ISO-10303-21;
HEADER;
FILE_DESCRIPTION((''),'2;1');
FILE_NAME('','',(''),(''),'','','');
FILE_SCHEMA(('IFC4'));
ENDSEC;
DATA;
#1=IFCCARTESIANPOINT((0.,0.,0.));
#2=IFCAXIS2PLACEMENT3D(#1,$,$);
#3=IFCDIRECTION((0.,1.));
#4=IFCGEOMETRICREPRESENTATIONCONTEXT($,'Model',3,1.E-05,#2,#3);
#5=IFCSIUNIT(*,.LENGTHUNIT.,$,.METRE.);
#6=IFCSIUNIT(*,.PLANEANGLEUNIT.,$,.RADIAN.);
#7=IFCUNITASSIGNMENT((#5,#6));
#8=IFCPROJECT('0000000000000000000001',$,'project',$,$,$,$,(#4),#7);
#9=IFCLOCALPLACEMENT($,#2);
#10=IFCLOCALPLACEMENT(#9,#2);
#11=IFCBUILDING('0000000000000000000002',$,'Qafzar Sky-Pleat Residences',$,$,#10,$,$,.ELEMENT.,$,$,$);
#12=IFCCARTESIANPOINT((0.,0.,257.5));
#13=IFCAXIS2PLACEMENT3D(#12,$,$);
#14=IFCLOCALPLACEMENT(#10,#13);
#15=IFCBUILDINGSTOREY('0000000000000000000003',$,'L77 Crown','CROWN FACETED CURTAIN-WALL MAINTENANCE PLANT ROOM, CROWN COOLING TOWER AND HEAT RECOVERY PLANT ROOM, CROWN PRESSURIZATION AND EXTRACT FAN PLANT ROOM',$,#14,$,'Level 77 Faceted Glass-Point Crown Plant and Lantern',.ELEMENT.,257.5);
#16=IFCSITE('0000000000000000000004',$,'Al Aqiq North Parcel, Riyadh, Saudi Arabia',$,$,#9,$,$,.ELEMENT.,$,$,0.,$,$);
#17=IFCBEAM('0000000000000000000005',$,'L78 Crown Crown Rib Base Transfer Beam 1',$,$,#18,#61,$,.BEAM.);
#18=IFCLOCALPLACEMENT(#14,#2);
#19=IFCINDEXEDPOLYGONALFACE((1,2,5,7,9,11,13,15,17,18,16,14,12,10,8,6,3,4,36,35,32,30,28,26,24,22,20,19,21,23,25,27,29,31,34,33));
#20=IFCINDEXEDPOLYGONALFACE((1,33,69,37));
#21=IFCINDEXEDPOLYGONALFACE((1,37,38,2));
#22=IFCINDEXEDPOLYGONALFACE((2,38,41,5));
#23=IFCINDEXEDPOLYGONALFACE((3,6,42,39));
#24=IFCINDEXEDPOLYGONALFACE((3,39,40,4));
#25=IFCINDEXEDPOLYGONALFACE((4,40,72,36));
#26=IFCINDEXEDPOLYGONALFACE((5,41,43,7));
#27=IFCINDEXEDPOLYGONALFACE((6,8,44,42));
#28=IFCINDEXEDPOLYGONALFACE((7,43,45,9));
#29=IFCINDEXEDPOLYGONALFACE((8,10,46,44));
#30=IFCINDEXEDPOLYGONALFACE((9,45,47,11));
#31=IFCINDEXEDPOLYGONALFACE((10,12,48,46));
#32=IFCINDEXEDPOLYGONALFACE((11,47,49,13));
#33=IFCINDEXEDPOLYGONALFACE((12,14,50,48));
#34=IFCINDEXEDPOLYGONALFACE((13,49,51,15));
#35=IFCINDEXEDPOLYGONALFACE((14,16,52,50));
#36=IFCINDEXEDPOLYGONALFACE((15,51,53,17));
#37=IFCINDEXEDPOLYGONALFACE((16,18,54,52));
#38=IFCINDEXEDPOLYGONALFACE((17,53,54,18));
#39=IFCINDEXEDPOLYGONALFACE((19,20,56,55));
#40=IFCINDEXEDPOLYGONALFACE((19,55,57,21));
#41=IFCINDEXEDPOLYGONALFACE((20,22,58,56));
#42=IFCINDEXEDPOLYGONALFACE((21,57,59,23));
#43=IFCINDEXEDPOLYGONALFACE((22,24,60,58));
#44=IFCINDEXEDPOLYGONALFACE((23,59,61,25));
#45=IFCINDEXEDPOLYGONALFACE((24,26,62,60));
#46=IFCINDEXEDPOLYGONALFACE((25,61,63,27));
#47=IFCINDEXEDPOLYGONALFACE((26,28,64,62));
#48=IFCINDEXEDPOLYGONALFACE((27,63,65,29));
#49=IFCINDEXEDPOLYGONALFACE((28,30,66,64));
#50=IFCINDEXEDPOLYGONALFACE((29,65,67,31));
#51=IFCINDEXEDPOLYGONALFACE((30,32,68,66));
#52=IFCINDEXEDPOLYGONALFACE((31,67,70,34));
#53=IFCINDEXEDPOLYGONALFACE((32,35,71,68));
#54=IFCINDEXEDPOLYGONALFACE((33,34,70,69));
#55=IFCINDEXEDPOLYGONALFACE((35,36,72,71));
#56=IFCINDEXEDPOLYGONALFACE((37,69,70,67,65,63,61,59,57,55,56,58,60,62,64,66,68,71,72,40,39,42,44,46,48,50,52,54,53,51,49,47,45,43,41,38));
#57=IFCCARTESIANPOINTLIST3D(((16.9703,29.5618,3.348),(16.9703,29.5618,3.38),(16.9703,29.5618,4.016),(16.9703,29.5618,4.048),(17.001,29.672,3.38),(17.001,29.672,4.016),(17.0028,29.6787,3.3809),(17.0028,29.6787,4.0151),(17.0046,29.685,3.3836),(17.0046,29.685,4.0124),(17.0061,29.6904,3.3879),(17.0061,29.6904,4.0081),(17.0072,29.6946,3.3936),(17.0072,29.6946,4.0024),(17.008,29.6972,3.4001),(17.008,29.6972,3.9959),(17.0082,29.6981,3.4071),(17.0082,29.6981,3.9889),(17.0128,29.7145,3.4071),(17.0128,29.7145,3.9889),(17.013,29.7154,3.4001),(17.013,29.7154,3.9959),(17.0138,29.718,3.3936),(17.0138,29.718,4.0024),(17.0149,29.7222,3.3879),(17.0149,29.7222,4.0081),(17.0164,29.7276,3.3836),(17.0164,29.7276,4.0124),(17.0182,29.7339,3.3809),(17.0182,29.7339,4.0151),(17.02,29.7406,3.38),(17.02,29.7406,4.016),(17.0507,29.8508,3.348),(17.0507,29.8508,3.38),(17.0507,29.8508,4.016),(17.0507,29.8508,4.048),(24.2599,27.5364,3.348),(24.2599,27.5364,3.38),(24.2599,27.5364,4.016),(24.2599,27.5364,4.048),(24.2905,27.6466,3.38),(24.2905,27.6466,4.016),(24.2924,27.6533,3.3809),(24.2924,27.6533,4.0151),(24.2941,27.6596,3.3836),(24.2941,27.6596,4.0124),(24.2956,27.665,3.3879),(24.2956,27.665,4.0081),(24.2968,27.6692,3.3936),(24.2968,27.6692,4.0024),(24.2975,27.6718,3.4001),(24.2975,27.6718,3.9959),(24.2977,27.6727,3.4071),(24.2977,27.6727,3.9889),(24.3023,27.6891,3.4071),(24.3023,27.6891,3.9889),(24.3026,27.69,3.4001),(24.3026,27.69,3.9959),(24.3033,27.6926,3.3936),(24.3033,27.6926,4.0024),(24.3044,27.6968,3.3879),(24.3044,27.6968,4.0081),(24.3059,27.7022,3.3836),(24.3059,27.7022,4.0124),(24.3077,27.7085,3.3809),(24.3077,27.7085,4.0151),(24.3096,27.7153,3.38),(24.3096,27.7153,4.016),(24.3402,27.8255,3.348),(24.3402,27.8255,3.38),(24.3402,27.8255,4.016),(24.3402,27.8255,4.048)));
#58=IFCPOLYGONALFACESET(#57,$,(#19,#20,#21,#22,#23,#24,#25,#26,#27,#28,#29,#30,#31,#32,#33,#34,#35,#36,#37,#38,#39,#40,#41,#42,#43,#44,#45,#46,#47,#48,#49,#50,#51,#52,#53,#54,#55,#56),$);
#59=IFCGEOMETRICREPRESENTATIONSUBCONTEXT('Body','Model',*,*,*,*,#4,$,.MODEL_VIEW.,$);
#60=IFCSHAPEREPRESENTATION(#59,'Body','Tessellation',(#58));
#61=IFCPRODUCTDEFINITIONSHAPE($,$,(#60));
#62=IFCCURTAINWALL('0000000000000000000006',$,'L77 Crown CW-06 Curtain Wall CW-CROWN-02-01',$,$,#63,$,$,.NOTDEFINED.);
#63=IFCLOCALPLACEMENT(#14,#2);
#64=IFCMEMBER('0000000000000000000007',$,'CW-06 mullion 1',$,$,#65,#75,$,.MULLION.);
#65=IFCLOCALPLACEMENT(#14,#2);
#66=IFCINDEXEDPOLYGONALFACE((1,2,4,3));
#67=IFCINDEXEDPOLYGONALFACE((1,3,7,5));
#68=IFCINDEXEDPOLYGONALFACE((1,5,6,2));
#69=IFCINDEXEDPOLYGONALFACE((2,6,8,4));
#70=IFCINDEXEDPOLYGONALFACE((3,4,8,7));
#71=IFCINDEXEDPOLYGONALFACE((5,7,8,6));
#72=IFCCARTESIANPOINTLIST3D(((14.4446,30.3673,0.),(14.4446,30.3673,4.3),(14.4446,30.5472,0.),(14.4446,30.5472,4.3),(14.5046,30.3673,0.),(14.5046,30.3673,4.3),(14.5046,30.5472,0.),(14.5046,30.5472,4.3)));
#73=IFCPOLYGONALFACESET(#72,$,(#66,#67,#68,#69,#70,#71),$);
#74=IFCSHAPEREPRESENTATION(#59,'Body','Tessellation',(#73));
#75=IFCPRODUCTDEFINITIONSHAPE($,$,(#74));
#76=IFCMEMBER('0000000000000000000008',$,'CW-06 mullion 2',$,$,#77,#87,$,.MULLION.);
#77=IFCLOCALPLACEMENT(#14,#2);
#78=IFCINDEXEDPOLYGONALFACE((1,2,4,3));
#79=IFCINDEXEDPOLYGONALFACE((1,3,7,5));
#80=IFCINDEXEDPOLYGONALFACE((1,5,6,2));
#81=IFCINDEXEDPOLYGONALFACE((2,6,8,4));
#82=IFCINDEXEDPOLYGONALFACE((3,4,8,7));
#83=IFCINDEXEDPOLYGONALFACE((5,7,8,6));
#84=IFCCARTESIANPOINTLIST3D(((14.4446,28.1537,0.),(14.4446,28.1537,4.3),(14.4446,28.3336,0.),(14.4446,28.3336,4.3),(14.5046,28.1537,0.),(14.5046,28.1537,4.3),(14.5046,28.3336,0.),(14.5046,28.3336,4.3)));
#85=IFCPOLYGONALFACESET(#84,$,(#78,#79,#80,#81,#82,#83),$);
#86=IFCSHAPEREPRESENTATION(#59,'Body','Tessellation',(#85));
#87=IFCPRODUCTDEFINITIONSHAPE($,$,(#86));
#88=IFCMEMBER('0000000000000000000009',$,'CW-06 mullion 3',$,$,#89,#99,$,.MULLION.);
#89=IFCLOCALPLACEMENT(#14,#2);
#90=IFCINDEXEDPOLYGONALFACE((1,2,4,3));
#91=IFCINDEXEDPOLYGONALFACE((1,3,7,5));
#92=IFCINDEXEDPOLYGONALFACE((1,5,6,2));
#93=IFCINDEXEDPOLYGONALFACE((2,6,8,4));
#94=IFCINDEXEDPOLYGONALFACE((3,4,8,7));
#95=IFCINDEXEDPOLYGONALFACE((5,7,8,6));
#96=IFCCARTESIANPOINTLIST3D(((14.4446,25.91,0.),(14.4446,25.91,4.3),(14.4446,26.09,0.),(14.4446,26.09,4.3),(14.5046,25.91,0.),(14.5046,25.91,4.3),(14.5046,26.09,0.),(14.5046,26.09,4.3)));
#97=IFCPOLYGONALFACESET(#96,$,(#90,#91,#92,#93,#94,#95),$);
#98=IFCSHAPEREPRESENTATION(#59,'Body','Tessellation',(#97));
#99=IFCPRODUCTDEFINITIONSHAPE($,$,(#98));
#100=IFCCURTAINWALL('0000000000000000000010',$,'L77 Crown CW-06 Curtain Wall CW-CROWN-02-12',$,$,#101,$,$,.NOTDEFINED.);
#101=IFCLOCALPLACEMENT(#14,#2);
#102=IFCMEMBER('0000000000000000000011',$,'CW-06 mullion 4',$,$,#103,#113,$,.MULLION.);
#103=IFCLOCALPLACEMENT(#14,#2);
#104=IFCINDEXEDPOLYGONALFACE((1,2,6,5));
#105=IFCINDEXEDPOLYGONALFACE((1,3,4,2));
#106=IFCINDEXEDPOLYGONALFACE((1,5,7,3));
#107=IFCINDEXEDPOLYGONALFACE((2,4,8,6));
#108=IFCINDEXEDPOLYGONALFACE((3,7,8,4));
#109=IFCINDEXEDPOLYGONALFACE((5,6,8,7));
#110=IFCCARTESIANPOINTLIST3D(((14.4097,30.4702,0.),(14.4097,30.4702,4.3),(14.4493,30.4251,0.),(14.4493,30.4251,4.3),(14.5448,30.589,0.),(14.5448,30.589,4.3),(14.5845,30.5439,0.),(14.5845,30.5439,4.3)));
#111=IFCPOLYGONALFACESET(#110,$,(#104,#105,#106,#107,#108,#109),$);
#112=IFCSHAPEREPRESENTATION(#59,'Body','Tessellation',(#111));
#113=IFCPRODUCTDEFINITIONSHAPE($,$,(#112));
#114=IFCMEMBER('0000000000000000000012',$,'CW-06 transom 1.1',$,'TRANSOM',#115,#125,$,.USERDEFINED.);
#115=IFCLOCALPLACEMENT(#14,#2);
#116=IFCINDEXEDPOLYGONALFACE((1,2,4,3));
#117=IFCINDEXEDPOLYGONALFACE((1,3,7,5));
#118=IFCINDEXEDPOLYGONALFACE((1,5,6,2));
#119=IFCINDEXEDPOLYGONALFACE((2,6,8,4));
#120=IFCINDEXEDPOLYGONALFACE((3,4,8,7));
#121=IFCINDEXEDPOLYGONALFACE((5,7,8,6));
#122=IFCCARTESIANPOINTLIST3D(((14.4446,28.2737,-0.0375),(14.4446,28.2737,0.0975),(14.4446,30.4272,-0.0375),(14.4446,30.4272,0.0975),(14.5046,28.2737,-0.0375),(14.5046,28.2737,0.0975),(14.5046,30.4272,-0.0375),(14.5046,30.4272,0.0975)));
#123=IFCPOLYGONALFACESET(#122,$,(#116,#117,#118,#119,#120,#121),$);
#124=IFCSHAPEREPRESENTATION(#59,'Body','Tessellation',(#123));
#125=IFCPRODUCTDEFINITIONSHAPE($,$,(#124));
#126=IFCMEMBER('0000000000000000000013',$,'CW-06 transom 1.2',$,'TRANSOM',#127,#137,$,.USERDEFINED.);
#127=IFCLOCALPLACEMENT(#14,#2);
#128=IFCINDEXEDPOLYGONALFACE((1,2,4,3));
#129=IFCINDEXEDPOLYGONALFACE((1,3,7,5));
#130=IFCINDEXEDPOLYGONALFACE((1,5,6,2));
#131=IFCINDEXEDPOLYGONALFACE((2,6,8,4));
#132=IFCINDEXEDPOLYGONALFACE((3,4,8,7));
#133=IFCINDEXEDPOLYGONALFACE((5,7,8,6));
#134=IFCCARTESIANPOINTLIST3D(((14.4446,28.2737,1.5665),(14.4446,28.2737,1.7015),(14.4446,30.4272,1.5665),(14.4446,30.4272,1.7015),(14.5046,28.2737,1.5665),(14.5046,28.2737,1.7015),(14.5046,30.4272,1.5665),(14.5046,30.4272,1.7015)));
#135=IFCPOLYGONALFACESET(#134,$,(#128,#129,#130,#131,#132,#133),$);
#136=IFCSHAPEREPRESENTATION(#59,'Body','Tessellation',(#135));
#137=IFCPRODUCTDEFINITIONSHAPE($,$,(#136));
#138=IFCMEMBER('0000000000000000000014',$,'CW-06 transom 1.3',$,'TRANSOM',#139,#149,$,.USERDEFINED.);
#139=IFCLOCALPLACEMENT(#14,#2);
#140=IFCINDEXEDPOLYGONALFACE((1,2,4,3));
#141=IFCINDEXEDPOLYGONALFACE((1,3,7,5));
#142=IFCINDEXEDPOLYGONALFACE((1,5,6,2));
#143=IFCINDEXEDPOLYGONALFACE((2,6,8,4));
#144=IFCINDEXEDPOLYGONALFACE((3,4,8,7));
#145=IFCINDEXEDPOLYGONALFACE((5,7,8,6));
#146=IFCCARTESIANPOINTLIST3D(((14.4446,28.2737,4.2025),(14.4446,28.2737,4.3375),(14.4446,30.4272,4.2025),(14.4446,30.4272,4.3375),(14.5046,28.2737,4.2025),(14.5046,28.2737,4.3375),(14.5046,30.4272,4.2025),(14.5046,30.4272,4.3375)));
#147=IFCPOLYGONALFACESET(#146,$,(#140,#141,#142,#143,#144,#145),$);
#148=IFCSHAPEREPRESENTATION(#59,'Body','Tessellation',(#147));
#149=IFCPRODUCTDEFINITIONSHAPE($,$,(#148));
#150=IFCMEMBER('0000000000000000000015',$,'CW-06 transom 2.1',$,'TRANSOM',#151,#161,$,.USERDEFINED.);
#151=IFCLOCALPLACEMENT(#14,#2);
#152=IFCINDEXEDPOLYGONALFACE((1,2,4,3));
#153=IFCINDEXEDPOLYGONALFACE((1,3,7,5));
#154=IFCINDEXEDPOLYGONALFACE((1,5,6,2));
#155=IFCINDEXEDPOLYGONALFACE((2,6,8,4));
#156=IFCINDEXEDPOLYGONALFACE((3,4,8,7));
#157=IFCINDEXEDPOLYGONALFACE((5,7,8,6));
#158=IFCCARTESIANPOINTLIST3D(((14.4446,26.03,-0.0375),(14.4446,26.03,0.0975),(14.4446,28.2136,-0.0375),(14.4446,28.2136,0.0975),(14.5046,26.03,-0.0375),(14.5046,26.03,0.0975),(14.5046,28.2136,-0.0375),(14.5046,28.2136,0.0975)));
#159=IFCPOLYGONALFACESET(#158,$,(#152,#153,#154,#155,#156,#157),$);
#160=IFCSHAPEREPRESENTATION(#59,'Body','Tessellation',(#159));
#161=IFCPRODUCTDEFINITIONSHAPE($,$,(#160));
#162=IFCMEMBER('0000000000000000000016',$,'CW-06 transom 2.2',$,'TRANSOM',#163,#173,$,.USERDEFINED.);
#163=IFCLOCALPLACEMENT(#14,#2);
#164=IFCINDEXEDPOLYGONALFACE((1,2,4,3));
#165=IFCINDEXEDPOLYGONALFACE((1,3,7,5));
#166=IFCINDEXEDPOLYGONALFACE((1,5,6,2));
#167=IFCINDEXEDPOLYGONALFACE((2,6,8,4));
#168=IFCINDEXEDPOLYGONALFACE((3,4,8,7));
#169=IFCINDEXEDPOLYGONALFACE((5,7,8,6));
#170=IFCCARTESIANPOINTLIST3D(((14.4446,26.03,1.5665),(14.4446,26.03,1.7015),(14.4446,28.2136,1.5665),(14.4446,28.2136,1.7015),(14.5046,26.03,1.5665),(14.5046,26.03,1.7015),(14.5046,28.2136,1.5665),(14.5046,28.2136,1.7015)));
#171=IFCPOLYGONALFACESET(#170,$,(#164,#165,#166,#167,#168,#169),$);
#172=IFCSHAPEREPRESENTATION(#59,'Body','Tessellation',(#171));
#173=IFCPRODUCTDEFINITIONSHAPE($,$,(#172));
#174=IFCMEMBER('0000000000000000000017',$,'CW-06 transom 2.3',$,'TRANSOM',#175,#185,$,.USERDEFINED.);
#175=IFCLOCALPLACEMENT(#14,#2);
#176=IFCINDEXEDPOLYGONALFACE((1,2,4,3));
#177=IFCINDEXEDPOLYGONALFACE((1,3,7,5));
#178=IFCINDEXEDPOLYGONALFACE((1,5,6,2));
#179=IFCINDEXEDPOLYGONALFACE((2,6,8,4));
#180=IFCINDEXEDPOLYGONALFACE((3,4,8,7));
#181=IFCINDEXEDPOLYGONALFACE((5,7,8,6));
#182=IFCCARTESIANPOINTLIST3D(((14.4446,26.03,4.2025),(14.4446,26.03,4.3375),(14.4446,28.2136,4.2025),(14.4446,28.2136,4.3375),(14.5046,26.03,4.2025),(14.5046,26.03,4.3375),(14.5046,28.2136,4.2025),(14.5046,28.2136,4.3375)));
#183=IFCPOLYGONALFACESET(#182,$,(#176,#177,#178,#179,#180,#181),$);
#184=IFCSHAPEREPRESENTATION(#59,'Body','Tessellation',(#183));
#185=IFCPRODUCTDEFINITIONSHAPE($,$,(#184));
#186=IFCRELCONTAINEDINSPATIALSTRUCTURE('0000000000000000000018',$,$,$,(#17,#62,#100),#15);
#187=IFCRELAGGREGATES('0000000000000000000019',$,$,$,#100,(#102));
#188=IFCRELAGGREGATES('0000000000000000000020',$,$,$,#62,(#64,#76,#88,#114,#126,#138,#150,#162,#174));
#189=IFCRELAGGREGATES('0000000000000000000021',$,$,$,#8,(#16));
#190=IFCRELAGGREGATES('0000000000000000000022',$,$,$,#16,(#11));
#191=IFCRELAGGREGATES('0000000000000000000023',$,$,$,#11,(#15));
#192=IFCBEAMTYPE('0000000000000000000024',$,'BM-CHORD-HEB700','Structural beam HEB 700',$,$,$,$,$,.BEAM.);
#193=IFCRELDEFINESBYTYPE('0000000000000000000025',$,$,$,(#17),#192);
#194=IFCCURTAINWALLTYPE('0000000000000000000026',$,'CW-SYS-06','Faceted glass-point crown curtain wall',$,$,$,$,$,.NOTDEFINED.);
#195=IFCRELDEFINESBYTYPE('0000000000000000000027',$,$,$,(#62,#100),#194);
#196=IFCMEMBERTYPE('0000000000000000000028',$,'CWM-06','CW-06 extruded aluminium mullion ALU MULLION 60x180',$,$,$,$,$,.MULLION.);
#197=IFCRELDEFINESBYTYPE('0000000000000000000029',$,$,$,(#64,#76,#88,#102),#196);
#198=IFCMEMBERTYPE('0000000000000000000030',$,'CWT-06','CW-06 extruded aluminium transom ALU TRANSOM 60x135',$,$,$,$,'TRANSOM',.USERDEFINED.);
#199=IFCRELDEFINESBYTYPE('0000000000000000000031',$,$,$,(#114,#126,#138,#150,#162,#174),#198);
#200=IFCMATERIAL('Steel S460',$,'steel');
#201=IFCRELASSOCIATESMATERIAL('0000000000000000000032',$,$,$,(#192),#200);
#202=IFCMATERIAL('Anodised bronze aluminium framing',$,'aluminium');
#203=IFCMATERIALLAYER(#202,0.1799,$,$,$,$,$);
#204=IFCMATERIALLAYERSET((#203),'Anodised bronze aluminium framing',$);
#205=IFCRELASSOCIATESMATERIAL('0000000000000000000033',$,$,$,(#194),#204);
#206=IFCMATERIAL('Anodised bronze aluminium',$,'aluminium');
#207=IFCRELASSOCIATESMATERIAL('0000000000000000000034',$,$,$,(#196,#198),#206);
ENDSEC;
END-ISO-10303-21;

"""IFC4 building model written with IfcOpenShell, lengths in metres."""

from ifc_helpers import new_model, si_unit, direction, frame, origin, origin_2d, place, context, subcontext, project, spatial, rectangle, i_section, extrude, source, transform, mapped, material, layer, layer_set, material_profile, profile_set, type_object, element, aggregate, save


model = new_model("IFC4")

# Units and contexts
model_context = context("Model", 3, precision=1e-05, world=origin(), true_north=direction((0.0, 1.0)))
body_context = subcontext(model_context, "Body", "Model", "MODEL_VIEW")
ifc_project = project(units=[si_unit("LENGTHUNIT", "METRE"), si_unit("PLANEANGLEUNIT", "RADIAN")], contexts=[model_context])

# Site, building, storey
site_placement = place(None, origin())
site = spatial("IfcSite", under=ifc_project, at=site_placement, Name="Al Aqiq North Parcel, Riyadh, Saudi Arabia", CompositionType="ELEMENT", RefElevation=0.0)
building_placement = place(site_placement, origin())
building = spatial("IfcBuilding", under=site, at=building_placement, Name="Qafzar Sky-Pleat Residences", CompositionType="ELEMENT")
storey_placement = place(building_placement, frame((0.0, 0.0, 257.5)))
storey = spatial("IfcBuildingStorey", under=building, at=storey_placement, Name="L77 Crown", Description="CROWN FACETED CURTAIN-WALL MAINTENANCE PLANT ROOM, CROWN COOLING TOWER AND HEAT RECOVERY PLANT ROOM, CROWN PRESSURIZATION AND EXTRACT FAN PLANT ROOM", LongName="Level 77 Faceted Glass-Point Crown Plant and Lantern", CompositionType="ELEMENT", Elevation=257.5)

# Shared definitions
ifc_material_1 = material(Name="Steel S460", Category="steel")

# Beam
ifc_material_profile_1 = material_profile(ifc_material_1, i_section(OverallWidth=0.3, OverallDepth=0.7, WebThickness=0.0171, FlangeThickness=0.032, FilletRadius=0.0271, at=origin_2d()), Name="HEB 700")
ifc_profile_set_1 = profile_set([ifc_material_profile_1], Name="Steel S460")
beam_type = type_object("IfcBeamType", Name="BM-CHORD-HEB700", Description="Structural beam HEB 700", PredefinedType="BEAM", material=ifc_profile_set_1)
shared_shape_1 = source(origin(), body_context, "Body", "SweptSolid", [
    extrude(i_section(OverallWidth=0.3, OverallDepth=0.7, WebThickness=0.0171, FlangeThickness=0.032, FilletRadius=0.0271, at=origin_2d()), origin(), (0.0, 0.0, 1.0), 7.5657),
])
beam_placement = place(storey_placement, frame((17.0105, 29.7063, 3.698), z_axis=(0.9635, -0.267707, 0.0), x_axis=(0.267707, 0.9635, 0.0)))
element("IfcBeam", 1, at=beam_placement, inside=storey, type_object=beam_type, Name="L78 Crown Crown Rib Base Transfer Beam 1", PredefinedType="BEAM", context=body_context, shape_type="MappedRepresentation", body=[
    mapped(shared_shape_1, transform((0.0, 0.0, 0.0), x_axis=(1.0, 0.0, 0.0), y_axis=(0.0, 1.0, 0.0), z_axis=(0.0, 0.0, 1.0), scale=1.0)),
])

# Curtain wall, members
ifc_material_2 = material(Name="Anodised bronze aluminium framing", Category="aluminium")
ifc_layer_1 = layer(ifc_material_2, 0.1799)
ifc_layer_set_1 = layer_set([ifc_layer_1], Name="Anodised bronze aluminium framing")
curtain_wall_type = type_object("IfcCurtainWallType", Name="CW-SYS-06", Description="Faceted glass-point crown curtain wall", PredefinedType="NOTDEFINED", material=ifc_layer_set_1)
curtain_wall_1_placement = place(storey_placement, origin())
curtain_wall_1 = element("IfcCurtainWall", 2, at=curtain_wall_1_placement, inside=storey, type_object=curtain_wall_type, Name="L77 Crown CW-06 Curtain Wall CW-CROWN-02-01", PredefinedType="NOTDEFINED")
ifc_material_3 = material(Name="Anodised bronze aluminium", Category="aluminium")
ifc_material_profile_2 = material_profile(ifc_material_3, rectangle(XDim=0.0601, YDim=0.1799, at=origin_2d()), Name="ALU MULLION 60x180")
ifc_profile_set_2 = profile_set([ifc_material_profile_2], Name="Anodised bronze aluminium")
member_type_1 = type_object("IfcMemberType", Name="CWM-06", Description="CW-06 extruded aluminium mullion ALU MULLION 60x180", PredefinedType="MULLION", material=ifc_profile_set_2)
shared_shape_2 = source(origin(), body_context, "Body", "SweptSolid", [
    extrude(rectangle(XDim=0.0601, YDim=0.1799, at=origin_2d()), origin(), (0.0, 0.0, 1.0), 4.3),
])
member_1_placement = place(storey_placement, frame((14.4746, 30.4573, 0.0), z_axis=(0.0, 0.0, 1.0), x_axis=(1.0, 0.0, 0.0)))
member_1 = element("IfcMember", 3, at=member_1_placement, type_object=member_type_1, Name="CW-06 mullion 1", PredefinedType="MULLION", context=body_context, shape_type="MappedRepresentation", body=[
    mapped(shared_shape_2, transform((0.0, 0.0, 0.0), x_axis=(1.0, 0.0, 0.0), y_axis=(0.0, 1.0, 0.0), z_axis=(0.0, 0.0, 1.0), scale=1.0)),
])
member_2_placement = place(storey_placement, frame((14.4746, 28.2437, 0.0), z_axis=(0.0, 0.0, 1.0), x_axis=(1.0, 0.0, 0.0)))
member_2 = element("IfcMember", 4, at=member_2_placement, type_object=member_type_1, Name="CW-06 mullion 2", PredefinedType="MULLION", context=body_context, shape_type="MappedRepresentation", body=[
    mapped(shared_shape_2, transform((0.0, 0.0, 0.0), x_axis=(1.0, 0.0, 0.0), y_axis=(0.0, 1.0, 0.0), z_axis=(0.0, 0.0, 1.0), scale=1.0)),
])
member_3_placement = place(storey_placement, frame((14.4746, 26.0, 0.0), z_axis=(0.0, 0.0, 1.0), x_axis=(1.0, 0.0, 0.0)))
member_3 = element("IfcMember", 5, at=member_3_placement, type_object=member_type_1, Name="CW-06 mullion 3", PredefinedType="MULLION", context=body_context, shape_type="MappedRepresentation", body=[
    mapped(shared_shape_2, transform((0.0, 0.0, 0.0), x_axis=(1.0, 0.0, 0.0), y_axis=(0.0, 1.0, 0.0), z_axis=(0.0, 0.0, 1.0), scale=1.0)),
])

# Curtain wall, member
curtain_wall_2_placement = place(storey_placement, origin())
curtain_wall_2 = element("IfcCurtainWall", 6, at=curtain_wall_2_placement, inside=storey, type_object=curtain_wall_type, Name="L77 Crown CW-06 Curtain Wall CW-CROWN-02-12", PredefinedType="NOTDEFINED")
member_4_placement = place(storey_placement, frame((14.4971, 30.5071, 0.0), z_axis=(0.0, 0.0, 1.0), x_axis=(0.660129, -0.751152, 0.0)))
member_4 = element("IfcMember", 7, at=member_4_placement, type_object=member_type_1, Name="CW-06 mullion 4", PredefinedType="MULLION", context=body_context, shape_type="MappedRepresentation", body=[
    mapped(shared_shape_2, transform((0.0, 0.0, 0.0), x_axis=(1.0, 0.0, 0.0), y_axis=(0.0, 1.0, 0.0), z_axis=(0.0, 0.0, 1.0), scale=1.0)),
])
aggregate(curtain_wall_2, [member_4])

# Members
ifc_material_profile_3 = material_profile(ifc_material_3, rectangle(XDim=0.0601, YDim=0.135, at=origin_2d()), Name="ALU TRANSOM 60x135")
ifc_profile_set_3 = profile_set([ifc_material_profile_3], Name="Anodised bronze aluminium")
member_type_2 = type_object("IfcMemberType", Name="CWT-06", Description="CW-06 extruded aluminium transom ALU TRANSOM 60x135", ElementType="TRANSOM", PredefinedType="USERDEFINED", material=ifc_profile_set_3)
shared_shape_3 = source(origin(), body_context, "Body", "SweptSolid", [
    extrude(rectangle(XDim=0.0601, YDim=0.135, at=origin_2d()), origin(), (0.0, 0.0, 1.0), 2.1536),
])
member_5_placement = place(storey_placement, frame((14.4746, 30.4272, 0.03), z_axis=(0.0, -1.0, 0.0), x_axis=(1.0, 0.0, 0.0)))
member_5 = element("IfcMember", 8, at=member_5_placement, type_object=member_type_2, Name="CW-06 transom 1.1", ObjectType="TRANSOM", PredefinedType="USERDEFINED", context=body_context, shape_type="MappedRepresentation", body=[
    mapped(shared_shape_3, transform((0.0, 0.0, 0.0), x_axis=(1.0, 0.0, 0.0), y_axis=(0.0, 1.0, 0.0), z_axis=(0.0, 0.0, 1.0), scale=1.0)),
])
member_6_placement = place(storey_placement, frame((14.4746, 30.4272, 1.634), z_axis=(0.0, -1.0, 0.0), x_axis=(1.0, 0.0, 0.0)))
member_6 = element("IfcMember", 9, at=member_6_placement, type_object=member_type_2, Name="CW-06 transom 1.2", ObjectType="TRANSOM", PredefinedType="USERDEFINED", context=body_context, shape_type="MappedRepresentation", body=[
    mapped(shared_shape_3, transform((0.0, 0.0, 0.0), x_axis=(1.0, 0.0, 0.0), y_axis=(0.0, 1.0, 0.0), z_axis=(0.0, 0.0, 1.0), scale=1.0)),
])
member_7_placement = place(storey_placement, frame((14.4746, 30.4272, 4.27), z_axis=(0.0, -1.0, 0.0), x_axis=(1.0, 0.0, 0.0)))
member_7 = element("IfcMember", 10, at=member_7_placement, type_object=member_type_2, Name="CW-06 transom 1.3", ObjectType="TRANSOM", PredefinedType="USERDEFINED", context=body_context, shape_type="MappedRepresentation", body=[
    mapped(shared_shape_3, transform((0.0, 0.0, 0.0), x_axis=(1.0, 0.0, 0.0), y_axis=(0.0, 1.0, 0.0), z_axis=(0.0, 0.0, 1.0), scale=1.0)),
])
shared_shape_4 = source(origin(), body_context, "Body", "SweptSolid", [
    extrude(rectangle(XDim=0.0601, YDim=0.135, at=origin_2d()), origin(), (0.0, 0.0, 1.0), 2.1836),
])
member_8_placement = place(storey_placement, frame((14.4746, 28.2136, 0.03), z_axis=(0.0, -1.0, 0.0), x_axis=(1.0, 0.0, 0.0)))
member_8 = element("IfcMember", 11, at=member_8_placement, type_object=member_type_2, Name="CW-06 transom 2.1", ObjectType="TRANSOM", PredefinedType="USERDEFINED", context=body_context, shape_type="MappedRepresentation", body=[
    mapped(shared_shape_4, transform((0.0, 0.0, 0.0), x_axis=(1.0, 0.0, 0.0), y_axis=(0.0, 1.0, 0.0), z_axis=(0.0, 0.0, 1.0), scale=1.0)),
])
member_9_placement = place(storey_placement, frame((14.4746, 28.2136, 1.634), z_axis=(0.0, -1.0, 0.0), x_axis=(1.0, 0.0, 0.0)))
member_9 = element("IfcMember", 12, at=member_9_placement, type_object=member_type_2, Name="CW-06 transom 2.2", ObjectType="TRANSOM", PredefinedType="USERDEFINED", context=body_context, shape_type="MappedRepresentation", body=[
    mapped(shared_shape_4, transform((0.0, 0.0, 0.0), x_axis=(1.0, 0.0, 0.0), y_axis=(0.0, 1.0, 0.0), z_axis=(0.0, 0.0, 1.0), scale=1.0)),
])
member_10_placement = place(storey_placement, frame((14.4746, 28.2136, 4.27), z_axis=(0.0, -1.0, 0.0), x_axis=(1.0, 0.0, 0.0)))
member_10 = element("IfcMember", 13, at=member_10_placement, type_object=member_type_2, Name="CW-06 transom 2.3", ObjectType="TRANSOM", PredefinedType="USERDEFINED", context=body_context, shape_type="MappedRepresentation", body=[
    mapped(shared_shape_4, transform((0.0, 0.0, 0.0), x_axis=(1.0, 0.0, 0.0), y_axis=(0.0, 1.0, 0.0), z_axis=(0.0, 0.0, 1.0), scale=1.0)),
])

aggregate(curtain_wall_1, [member_1, member_2, member_3, member_5, member_6, member_7, member_8, member_9, member_10])

save(model, "model.ifc")
